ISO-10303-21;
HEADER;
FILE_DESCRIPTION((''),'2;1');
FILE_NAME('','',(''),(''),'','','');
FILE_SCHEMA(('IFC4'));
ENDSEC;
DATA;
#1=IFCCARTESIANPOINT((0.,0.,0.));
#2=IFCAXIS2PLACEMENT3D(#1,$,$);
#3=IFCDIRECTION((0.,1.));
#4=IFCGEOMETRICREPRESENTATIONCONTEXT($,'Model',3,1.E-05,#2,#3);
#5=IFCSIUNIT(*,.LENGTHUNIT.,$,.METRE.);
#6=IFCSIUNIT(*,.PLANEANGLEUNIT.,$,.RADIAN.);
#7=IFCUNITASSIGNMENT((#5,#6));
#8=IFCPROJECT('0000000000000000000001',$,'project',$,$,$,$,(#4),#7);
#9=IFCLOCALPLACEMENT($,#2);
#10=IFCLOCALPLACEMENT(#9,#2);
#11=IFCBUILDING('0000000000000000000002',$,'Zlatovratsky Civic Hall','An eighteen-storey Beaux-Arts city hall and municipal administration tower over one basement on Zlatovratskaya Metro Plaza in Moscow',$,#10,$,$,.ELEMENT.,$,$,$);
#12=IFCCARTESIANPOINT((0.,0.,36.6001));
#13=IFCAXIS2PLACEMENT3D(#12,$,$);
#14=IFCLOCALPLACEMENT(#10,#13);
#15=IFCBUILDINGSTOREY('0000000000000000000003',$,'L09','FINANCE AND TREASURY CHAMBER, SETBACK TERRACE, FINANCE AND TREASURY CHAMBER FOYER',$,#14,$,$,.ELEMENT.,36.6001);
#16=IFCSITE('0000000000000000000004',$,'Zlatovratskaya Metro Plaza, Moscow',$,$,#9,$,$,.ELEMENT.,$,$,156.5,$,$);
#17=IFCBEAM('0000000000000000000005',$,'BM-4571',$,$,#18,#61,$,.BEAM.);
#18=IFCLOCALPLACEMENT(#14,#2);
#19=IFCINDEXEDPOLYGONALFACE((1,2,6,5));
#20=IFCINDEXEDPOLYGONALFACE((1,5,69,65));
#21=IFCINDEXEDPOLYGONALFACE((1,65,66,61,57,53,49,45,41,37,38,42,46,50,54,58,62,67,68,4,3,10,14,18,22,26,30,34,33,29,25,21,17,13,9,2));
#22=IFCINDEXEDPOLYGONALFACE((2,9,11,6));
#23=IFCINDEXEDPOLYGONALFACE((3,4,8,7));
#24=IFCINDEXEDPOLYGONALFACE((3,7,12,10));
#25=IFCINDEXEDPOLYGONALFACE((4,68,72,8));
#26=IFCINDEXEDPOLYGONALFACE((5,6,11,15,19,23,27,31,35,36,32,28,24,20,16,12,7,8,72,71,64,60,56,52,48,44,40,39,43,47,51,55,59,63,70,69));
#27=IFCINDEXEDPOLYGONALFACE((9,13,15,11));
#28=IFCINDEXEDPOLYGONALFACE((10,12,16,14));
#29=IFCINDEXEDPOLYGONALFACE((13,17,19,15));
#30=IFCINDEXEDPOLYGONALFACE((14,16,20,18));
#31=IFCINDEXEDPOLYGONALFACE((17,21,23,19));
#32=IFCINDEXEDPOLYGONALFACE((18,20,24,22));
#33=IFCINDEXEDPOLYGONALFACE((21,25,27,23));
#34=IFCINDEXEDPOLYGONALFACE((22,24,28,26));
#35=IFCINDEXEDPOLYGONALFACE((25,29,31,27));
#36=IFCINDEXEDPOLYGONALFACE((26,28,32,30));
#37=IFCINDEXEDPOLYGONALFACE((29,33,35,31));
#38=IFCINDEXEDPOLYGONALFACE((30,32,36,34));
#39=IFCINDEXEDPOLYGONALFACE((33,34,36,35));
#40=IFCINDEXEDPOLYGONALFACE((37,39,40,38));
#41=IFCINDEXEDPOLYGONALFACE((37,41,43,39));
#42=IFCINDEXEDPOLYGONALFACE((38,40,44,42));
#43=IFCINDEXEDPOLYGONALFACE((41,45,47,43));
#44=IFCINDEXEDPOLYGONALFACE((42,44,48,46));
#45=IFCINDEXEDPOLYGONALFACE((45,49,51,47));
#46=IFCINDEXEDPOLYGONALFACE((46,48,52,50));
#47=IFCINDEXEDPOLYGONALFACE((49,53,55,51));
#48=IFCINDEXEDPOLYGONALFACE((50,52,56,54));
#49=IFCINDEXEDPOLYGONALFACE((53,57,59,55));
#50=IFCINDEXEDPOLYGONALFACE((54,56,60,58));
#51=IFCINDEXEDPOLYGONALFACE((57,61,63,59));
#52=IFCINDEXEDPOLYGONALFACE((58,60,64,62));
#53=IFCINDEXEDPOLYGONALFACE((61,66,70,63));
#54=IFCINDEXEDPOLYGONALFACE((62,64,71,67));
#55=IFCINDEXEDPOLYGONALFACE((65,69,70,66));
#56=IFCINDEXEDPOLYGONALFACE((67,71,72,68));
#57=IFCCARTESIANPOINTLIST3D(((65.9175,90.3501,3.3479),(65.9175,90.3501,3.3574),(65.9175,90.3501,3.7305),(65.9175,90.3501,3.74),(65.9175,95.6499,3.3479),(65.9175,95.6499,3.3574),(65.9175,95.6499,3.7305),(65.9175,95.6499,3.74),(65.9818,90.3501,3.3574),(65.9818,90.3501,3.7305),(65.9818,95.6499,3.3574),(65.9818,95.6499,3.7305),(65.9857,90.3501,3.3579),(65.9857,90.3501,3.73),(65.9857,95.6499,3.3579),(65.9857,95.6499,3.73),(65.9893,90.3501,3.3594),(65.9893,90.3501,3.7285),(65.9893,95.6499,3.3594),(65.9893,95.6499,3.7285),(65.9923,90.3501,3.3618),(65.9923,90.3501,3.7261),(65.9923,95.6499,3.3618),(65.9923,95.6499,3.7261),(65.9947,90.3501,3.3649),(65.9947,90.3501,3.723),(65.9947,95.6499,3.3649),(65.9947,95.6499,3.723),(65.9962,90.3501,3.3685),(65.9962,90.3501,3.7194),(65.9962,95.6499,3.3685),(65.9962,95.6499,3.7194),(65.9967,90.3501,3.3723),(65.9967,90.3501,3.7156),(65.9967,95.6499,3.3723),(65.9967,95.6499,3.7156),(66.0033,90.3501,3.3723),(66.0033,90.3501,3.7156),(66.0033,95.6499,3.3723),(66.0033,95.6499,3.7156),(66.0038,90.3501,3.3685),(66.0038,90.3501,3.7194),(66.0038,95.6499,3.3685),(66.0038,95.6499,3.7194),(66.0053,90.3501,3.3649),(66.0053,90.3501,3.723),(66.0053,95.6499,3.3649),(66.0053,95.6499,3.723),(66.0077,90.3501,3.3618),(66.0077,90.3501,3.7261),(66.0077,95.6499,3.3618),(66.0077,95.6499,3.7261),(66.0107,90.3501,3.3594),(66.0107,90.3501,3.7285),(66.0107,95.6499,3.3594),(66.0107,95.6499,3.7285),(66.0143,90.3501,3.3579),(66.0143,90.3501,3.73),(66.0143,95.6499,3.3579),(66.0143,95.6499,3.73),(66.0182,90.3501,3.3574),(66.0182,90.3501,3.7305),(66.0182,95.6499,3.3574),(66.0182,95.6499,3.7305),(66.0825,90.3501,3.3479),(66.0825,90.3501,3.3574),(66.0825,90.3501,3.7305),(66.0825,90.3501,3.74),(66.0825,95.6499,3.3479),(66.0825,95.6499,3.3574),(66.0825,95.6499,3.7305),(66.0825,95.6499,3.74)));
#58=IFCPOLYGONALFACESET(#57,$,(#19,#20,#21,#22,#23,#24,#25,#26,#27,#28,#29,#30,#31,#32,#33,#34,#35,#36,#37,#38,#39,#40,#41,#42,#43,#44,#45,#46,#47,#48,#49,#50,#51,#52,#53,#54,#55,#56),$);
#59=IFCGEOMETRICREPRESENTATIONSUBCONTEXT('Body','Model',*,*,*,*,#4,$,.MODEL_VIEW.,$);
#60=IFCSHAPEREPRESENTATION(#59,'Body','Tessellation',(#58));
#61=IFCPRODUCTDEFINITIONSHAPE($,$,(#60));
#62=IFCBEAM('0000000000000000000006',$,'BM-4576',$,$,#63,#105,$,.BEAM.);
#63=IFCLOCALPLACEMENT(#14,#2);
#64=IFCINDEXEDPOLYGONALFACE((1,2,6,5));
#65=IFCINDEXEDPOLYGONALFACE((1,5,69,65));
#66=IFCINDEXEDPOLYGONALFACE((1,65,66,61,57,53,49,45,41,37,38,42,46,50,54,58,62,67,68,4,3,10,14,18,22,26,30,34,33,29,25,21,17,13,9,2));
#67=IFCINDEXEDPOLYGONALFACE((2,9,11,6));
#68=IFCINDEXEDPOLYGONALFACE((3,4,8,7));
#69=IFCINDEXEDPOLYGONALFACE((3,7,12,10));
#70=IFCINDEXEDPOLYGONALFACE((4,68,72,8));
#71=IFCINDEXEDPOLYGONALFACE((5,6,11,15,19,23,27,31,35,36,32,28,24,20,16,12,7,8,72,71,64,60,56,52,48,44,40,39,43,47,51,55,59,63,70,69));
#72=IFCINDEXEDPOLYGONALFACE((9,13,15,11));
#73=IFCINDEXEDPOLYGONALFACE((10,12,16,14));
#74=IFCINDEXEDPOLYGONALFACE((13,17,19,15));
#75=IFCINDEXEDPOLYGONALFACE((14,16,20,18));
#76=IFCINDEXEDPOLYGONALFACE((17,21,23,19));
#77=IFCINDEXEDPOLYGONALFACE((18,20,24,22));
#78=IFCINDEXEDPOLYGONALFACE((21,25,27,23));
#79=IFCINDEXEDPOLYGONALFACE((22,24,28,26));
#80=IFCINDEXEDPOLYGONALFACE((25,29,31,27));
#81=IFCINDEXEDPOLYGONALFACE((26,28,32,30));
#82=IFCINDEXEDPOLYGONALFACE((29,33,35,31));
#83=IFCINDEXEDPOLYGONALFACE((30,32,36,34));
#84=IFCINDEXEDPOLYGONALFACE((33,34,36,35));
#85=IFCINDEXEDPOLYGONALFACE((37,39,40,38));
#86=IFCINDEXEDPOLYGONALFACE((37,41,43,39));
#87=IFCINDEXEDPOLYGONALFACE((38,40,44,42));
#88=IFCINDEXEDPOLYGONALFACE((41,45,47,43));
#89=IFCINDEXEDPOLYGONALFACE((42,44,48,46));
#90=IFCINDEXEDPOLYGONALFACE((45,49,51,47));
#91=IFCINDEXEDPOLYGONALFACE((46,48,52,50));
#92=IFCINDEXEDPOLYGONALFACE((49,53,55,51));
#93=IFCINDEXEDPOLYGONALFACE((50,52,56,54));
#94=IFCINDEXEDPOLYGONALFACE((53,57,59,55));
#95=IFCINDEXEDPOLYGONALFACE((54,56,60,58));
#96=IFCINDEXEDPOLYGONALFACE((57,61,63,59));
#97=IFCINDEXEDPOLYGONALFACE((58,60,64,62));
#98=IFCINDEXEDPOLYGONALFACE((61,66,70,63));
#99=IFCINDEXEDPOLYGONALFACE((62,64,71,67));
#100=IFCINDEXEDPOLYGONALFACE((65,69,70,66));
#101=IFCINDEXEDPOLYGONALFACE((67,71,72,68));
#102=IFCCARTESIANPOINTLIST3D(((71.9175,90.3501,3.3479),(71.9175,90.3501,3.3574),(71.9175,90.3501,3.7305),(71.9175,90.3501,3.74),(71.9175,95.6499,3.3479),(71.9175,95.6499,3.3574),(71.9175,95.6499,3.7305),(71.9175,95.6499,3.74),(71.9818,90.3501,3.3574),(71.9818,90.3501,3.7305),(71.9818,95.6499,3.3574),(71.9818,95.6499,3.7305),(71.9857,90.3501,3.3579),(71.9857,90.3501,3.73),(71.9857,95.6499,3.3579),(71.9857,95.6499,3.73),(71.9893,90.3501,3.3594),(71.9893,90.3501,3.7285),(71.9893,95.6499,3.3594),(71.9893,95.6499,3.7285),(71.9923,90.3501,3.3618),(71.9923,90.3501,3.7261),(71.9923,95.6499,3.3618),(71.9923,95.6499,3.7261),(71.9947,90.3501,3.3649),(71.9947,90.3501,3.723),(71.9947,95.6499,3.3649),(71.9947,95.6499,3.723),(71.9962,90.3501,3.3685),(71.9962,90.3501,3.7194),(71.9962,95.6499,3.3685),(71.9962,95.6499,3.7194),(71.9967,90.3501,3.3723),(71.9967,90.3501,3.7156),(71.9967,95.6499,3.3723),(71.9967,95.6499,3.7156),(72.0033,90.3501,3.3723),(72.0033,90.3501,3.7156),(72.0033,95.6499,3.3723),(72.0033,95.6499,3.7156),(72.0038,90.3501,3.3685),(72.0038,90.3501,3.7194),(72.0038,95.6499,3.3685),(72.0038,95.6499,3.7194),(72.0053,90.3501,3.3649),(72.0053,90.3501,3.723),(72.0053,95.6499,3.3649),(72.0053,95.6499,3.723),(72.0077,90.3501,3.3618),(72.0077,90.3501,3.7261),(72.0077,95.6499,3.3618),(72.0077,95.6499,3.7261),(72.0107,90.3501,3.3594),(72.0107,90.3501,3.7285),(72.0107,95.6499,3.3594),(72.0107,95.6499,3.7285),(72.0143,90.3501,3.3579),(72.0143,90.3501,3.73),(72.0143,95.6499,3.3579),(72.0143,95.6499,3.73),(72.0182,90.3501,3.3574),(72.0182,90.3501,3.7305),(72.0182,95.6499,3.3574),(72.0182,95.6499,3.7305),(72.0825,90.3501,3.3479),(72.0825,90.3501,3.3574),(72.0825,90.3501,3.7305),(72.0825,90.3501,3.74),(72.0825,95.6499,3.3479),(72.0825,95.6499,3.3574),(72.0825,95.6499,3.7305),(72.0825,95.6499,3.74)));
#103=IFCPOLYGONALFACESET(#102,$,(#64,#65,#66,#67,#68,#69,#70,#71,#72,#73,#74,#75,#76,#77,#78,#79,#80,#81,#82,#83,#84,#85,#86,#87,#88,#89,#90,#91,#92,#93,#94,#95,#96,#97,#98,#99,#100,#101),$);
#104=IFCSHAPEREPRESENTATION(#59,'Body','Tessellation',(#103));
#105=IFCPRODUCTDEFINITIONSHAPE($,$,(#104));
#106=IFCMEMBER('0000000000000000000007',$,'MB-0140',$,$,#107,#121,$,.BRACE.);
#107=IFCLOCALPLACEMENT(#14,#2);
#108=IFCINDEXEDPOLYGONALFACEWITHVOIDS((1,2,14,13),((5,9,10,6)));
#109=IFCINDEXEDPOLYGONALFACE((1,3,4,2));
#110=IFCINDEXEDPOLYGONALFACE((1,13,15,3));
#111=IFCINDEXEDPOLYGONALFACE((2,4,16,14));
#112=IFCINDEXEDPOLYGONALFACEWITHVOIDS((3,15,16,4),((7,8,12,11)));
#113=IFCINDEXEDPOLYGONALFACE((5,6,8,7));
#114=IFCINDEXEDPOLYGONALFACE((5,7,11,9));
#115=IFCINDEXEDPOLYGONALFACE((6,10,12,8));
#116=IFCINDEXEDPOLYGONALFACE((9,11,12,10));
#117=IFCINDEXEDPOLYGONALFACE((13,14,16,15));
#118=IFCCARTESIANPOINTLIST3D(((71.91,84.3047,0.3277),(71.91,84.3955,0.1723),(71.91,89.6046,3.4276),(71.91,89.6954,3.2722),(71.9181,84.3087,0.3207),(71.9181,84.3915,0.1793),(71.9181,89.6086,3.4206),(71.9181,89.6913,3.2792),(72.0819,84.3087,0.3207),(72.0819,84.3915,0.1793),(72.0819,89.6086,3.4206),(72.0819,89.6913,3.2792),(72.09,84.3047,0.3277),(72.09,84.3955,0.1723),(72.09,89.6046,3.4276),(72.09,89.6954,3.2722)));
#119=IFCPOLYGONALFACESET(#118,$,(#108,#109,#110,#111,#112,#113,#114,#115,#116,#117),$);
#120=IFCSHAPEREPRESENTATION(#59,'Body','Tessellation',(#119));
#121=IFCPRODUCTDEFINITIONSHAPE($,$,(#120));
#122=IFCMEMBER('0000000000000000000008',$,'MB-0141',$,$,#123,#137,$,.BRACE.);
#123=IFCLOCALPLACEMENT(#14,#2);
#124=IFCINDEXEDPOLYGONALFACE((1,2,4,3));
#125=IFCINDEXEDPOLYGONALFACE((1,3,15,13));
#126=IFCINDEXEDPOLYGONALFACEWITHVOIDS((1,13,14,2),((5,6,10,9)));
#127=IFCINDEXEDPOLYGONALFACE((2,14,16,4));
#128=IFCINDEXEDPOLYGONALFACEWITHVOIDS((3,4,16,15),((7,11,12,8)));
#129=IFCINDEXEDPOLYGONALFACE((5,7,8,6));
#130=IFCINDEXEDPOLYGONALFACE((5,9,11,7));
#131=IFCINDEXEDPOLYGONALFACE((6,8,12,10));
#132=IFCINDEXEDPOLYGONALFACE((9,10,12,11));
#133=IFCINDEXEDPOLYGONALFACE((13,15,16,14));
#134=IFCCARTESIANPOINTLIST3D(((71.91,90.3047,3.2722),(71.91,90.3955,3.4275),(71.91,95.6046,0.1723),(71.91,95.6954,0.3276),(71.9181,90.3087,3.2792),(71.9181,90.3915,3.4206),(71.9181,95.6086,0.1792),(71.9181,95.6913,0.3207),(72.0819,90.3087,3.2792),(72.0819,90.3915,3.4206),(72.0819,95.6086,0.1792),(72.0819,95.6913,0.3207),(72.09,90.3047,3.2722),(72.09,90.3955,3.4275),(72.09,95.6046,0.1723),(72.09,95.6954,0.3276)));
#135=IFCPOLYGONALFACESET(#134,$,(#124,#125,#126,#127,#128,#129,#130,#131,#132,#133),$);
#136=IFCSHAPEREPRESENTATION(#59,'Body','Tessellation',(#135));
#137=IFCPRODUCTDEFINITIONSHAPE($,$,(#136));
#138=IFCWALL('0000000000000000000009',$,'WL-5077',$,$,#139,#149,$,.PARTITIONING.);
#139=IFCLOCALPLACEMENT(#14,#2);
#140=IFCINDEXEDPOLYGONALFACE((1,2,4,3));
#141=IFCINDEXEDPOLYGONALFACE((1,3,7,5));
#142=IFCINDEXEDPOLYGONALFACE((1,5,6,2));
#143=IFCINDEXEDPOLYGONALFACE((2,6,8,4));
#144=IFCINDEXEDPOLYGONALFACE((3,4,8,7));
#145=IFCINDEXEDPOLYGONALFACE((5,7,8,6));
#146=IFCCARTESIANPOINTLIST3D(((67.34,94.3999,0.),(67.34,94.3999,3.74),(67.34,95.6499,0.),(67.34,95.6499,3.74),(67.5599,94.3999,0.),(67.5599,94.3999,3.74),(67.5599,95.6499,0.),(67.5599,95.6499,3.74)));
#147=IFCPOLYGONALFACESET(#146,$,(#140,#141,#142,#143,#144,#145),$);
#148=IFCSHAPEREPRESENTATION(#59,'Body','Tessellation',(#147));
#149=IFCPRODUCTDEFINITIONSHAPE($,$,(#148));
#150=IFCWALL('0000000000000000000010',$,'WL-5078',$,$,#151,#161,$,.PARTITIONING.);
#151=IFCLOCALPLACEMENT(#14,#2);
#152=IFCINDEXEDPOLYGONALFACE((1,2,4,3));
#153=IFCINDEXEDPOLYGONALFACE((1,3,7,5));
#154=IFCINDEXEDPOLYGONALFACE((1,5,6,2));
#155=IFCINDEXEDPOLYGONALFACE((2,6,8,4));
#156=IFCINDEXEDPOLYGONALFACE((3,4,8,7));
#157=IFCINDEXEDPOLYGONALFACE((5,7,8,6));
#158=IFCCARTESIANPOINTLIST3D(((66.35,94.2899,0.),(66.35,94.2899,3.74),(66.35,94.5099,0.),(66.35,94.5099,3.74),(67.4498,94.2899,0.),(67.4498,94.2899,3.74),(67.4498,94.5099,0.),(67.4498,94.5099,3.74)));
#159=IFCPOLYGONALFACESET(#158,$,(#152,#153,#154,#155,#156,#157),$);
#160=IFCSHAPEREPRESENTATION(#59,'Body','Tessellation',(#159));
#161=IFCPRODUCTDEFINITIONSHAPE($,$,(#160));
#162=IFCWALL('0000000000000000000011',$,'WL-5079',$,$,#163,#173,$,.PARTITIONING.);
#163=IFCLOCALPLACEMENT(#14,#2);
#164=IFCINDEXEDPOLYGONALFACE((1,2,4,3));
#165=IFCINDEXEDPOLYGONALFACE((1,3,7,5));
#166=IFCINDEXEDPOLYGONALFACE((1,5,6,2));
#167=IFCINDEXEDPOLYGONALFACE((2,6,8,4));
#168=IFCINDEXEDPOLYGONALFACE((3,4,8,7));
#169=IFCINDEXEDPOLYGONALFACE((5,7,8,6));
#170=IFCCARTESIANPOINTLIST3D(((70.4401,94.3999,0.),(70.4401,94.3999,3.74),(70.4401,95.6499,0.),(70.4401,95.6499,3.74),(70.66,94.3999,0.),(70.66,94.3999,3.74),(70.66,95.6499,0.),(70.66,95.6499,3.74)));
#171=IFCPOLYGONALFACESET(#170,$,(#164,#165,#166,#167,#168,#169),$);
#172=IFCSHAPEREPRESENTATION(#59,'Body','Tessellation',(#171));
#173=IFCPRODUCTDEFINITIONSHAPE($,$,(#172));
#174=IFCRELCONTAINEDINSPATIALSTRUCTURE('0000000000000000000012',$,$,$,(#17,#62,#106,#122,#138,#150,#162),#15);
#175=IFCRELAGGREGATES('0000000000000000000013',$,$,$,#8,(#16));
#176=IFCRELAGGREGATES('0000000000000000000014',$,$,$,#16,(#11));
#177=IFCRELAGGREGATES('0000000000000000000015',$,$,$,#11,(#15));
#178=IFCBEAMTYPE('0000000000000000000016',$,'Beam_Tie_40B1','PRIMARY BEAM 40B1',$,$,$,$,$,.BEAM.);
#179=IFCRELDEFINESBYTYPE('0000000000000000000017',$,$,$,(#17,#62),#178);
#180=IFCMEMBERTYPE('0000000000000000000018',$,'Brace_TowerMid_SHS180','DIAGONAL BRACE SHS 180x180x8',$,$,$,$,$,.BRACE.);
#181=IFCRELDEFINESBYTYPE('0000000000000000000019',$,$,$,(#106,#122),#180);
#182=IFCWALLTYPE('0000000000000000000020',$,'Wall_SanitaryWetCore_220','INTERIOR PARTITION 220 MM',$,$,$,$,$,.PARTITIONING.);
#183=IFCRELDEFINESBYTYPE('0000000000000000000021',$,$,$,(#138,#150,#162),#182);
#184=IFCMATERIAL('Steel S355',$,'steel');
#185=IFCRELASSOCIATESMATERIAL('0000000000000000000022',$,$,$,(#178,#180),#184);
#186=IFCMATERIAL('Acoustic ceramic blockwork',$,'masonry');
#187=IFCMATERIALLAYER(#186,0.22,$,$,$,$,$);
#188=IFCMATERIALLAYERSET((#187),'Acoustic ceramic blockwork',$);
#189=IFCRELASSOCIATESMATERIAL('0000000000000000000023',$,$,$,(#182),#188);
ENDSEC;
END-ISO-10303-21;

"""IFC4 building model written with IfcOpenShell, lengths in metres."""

from ifc_helpers import new_model, si_unit, direction, frame, frame_2d, origin, origin_2d, place, context, subcontext, project, spatial, rectangle, hollow_rectangle, i_section, extrude, material, layer, layer_set, material_profile, profile_set, type_object, element, save


model = new_model("IFC4")

# Units and contexts
model_context = context("Model", 3, precision=1e-05, world=origin(), true_north=direction((0.0, 1.0)))
body_context = subcontext(model_context, "Body", "Model", "MODEL_VIEW")
ifc_project = project(units=[si_unit("LENGTHUNIT", "METRE"), si_unit("PLANEANGLEUNIT", "RADIAN")], contexts=[model_context])

# Site, building, storey
site_placement = place(None, origin())
site = spatial("IfcSite", under=ifc_project, at=site_placement, Name="Zlatovratskaya Metro Plaza, Moscow", CompositionType="ELEMENT", RefElevation=156.5)
building_placement = place(site_placement, origin())
building = spatial("IfcBuilding", under=site, at=building_placement, Name="Zlatovratsky Civic Hall", Description="An eighteen-storey Beaux-Arts city hall and municipal administration tower over one basement on Zlatovratskaya Metro Plaza in Moscow", CompositionType="ELEMENT")
storey_placement = place(building_placement, frame((0.0, 0.0, 36.6001)))
storey = spatial("IfcBuildingStorey", under=building, at=storey_placement, Name="L09", Description="FINANCE AND TREASURY CHAMBER, SETBACK TERRACE, FINANCE AND TREASURY CHAMBER FOYER", CompositionType="ELEMENT", Elevation=36.6001)

# Beams
ifc_material_1 = material(Name="Steel S355", Category="steel")
ifc_material_profile_1 = material_profile(ifc_material_1, i_section(OverallWidth=0.165, OverallDepth=0.3921, WebThickness=0.0066, FlangeThickness=0.0095, FilletRadius=0.0149, at=origin_2d()), Name="40B1")
ifc_profile_set_1 = profile_set([ifc_material_profile_1], Name="Steel S355")
beam_type_1 = type_object("IfcBeamType", Name="Beam_Tie_40B1", Description="PRIMARY BEAM 40B1", PredefinedType="BEAM", material=ifc_profile_set_1)
for number, where, z_axis, x_axis, name in (
    (1, (66.0, 90.3501, 3.5439), (0.0, 1.0, 0.0), (-1.0, 0.0, 0.0), "BM-4571"),
    (2, (72.0, 90.3501, 3.5439), (0.0, 1.0, 0.0), (-1.0, 0.0, 0.0), "BM-4576"),
):
    element("IfcBeam", number, at=place(storey_placement, frame(where, z_axis=z_axis, x_axis=x_axis)), inside=storey, type_object=beam_type_1, Name=name, PredefinedType="BEAM", context=body_context, shape_type="SweptSolid", body=[
        extrude(i_section(OverallWidth=0.165, OverallDepth=0.3921, WebThickness=0.0066, FlangeThickness=0.0095, FilletRadius=0.0149, at=origin_2d()), origin(), (0.0, 0.0, 1.0), 5.2998),
    ])

# Members
ifc_material_profile_2 = material_profile(ifc_material_1, hollow_rectangle(XDim=0.1799, YDim=0.1799, WallThickness=0.0081, at=origin_2d()), Name="SHS 180x180x8")
ifc_profile_set_2 = profile_set([ifc_material_profile_2], Name="Steel S355")
member_type = type_object("IfcMemberType", Name="Brace_TowerMid_SHS180", Description="DIAGONAL BRACE SHS 180x180x8", PredefinedType="BRACE", material=ifc_profile_set_2)
for number, where, z_axis, x_axis, name in (
    (3, (72.0, 84.3501, 0.25), (0.0, 0.86319, 0.504879), (-1.0, 0.0, 0.0), "MB-0140"),
    (4, (72.0, 90.3501, 3.3499), (0.0, 0.86319, -0.504879), (-1.0, 0.0, 0.0), "MB-0141"),
):
    element("IfcMember", number, at=place(storey_placement, frame(where, z_axis=z_axis, x_axis=x_axis)), inside=storey, type_object=member_type, Name=name, PredefinedType="BRACE", context=body_context, shape_type="SweptSolid", body=[
        extrude(hollow_rectangle(XDim=0.1799, YDim=0.1799, WallThickness=0.0081, at=origin_2d()), origin(), (0.0, 0.0, 1.0), 6.1399),
    ])

# Walls
ifc_material_2 = material(Name="Acoustic ceramic blockwork", Category="masonry")
ifc_layer_1 = layer(ifc_material_2, 0.22)
ifc_layer_set_1 = layer_set([ifc_layer_1], Name="Acoustic ceramic blockwork")
wall_type_1 = type_object("IfcWallType", Name="Wall_SanitaryWetCore_220", Description="INTERIOR PARTITION 220 MM", PredefinedType="PARTITIONING", material=ifc_layer_set_1)
wall_1_placement = place(storey_placement, frame((67.45, 94.3999, 0.0), z_axis=(0.0, 0.0, 1.0), x_axis=(0.0, 1.0, 0.0)))
element("IfcWall", 5, at=wall_1_placement, inside=storey, type_object=wall_type_1, Name="WL-5077", PredefinedType="PARTITIONING", context=body_context, shape_type="SweptSolid", body=[
    extrude(rectangle(XDim=1.25, YDim=0.22, at=frame_2d((0.625, 0.0))), origin(), (0.0, 0.0, 1.0), 3.74),
])
wall_2_placement = place(storey_placement, frame((66.3501, 94.3999, 0.0), z_axis=(0.0, 0.0, 1.0), x_axis=(1.0, 0.0, 0.0)))
element("IfcWall", 6, at=wall_2_placement, inside=storey, type_object=wall_type_1, Name="WL-5078", PredefinedType="PARTITIONING", context=body_context, shape_type="SweptSolid", body=[
    extrude(rectangle(XDim=1.0999, YDim=0.22, at=frame_2d((0.5498, 0.0))), origin(), (0.0, 0.0, 1.0), 3.74),
])
wall_3_placement = place(storey_placement, frame((70.55, 94.3999, 0.0), z_axis=(0.0, 0.0, 1.0), x_axis=(0.0, 1.0, 0.0)))
element("IfcWall", 7, at=wall_3_placement, inside=storey, type_object=wall_type_1, Name="WL-5079", PredefinedType="PARTITIONING", context=body_context, shape_type="SweptSolid", body=[
    extrude(rectangle(XDim=1.25, YDim=0.22, at=frame_2d((0.625, 0.0))), origin(), (0.0, 0.0, 1.0), 3.74),
])

save(model, "model.ifc")
